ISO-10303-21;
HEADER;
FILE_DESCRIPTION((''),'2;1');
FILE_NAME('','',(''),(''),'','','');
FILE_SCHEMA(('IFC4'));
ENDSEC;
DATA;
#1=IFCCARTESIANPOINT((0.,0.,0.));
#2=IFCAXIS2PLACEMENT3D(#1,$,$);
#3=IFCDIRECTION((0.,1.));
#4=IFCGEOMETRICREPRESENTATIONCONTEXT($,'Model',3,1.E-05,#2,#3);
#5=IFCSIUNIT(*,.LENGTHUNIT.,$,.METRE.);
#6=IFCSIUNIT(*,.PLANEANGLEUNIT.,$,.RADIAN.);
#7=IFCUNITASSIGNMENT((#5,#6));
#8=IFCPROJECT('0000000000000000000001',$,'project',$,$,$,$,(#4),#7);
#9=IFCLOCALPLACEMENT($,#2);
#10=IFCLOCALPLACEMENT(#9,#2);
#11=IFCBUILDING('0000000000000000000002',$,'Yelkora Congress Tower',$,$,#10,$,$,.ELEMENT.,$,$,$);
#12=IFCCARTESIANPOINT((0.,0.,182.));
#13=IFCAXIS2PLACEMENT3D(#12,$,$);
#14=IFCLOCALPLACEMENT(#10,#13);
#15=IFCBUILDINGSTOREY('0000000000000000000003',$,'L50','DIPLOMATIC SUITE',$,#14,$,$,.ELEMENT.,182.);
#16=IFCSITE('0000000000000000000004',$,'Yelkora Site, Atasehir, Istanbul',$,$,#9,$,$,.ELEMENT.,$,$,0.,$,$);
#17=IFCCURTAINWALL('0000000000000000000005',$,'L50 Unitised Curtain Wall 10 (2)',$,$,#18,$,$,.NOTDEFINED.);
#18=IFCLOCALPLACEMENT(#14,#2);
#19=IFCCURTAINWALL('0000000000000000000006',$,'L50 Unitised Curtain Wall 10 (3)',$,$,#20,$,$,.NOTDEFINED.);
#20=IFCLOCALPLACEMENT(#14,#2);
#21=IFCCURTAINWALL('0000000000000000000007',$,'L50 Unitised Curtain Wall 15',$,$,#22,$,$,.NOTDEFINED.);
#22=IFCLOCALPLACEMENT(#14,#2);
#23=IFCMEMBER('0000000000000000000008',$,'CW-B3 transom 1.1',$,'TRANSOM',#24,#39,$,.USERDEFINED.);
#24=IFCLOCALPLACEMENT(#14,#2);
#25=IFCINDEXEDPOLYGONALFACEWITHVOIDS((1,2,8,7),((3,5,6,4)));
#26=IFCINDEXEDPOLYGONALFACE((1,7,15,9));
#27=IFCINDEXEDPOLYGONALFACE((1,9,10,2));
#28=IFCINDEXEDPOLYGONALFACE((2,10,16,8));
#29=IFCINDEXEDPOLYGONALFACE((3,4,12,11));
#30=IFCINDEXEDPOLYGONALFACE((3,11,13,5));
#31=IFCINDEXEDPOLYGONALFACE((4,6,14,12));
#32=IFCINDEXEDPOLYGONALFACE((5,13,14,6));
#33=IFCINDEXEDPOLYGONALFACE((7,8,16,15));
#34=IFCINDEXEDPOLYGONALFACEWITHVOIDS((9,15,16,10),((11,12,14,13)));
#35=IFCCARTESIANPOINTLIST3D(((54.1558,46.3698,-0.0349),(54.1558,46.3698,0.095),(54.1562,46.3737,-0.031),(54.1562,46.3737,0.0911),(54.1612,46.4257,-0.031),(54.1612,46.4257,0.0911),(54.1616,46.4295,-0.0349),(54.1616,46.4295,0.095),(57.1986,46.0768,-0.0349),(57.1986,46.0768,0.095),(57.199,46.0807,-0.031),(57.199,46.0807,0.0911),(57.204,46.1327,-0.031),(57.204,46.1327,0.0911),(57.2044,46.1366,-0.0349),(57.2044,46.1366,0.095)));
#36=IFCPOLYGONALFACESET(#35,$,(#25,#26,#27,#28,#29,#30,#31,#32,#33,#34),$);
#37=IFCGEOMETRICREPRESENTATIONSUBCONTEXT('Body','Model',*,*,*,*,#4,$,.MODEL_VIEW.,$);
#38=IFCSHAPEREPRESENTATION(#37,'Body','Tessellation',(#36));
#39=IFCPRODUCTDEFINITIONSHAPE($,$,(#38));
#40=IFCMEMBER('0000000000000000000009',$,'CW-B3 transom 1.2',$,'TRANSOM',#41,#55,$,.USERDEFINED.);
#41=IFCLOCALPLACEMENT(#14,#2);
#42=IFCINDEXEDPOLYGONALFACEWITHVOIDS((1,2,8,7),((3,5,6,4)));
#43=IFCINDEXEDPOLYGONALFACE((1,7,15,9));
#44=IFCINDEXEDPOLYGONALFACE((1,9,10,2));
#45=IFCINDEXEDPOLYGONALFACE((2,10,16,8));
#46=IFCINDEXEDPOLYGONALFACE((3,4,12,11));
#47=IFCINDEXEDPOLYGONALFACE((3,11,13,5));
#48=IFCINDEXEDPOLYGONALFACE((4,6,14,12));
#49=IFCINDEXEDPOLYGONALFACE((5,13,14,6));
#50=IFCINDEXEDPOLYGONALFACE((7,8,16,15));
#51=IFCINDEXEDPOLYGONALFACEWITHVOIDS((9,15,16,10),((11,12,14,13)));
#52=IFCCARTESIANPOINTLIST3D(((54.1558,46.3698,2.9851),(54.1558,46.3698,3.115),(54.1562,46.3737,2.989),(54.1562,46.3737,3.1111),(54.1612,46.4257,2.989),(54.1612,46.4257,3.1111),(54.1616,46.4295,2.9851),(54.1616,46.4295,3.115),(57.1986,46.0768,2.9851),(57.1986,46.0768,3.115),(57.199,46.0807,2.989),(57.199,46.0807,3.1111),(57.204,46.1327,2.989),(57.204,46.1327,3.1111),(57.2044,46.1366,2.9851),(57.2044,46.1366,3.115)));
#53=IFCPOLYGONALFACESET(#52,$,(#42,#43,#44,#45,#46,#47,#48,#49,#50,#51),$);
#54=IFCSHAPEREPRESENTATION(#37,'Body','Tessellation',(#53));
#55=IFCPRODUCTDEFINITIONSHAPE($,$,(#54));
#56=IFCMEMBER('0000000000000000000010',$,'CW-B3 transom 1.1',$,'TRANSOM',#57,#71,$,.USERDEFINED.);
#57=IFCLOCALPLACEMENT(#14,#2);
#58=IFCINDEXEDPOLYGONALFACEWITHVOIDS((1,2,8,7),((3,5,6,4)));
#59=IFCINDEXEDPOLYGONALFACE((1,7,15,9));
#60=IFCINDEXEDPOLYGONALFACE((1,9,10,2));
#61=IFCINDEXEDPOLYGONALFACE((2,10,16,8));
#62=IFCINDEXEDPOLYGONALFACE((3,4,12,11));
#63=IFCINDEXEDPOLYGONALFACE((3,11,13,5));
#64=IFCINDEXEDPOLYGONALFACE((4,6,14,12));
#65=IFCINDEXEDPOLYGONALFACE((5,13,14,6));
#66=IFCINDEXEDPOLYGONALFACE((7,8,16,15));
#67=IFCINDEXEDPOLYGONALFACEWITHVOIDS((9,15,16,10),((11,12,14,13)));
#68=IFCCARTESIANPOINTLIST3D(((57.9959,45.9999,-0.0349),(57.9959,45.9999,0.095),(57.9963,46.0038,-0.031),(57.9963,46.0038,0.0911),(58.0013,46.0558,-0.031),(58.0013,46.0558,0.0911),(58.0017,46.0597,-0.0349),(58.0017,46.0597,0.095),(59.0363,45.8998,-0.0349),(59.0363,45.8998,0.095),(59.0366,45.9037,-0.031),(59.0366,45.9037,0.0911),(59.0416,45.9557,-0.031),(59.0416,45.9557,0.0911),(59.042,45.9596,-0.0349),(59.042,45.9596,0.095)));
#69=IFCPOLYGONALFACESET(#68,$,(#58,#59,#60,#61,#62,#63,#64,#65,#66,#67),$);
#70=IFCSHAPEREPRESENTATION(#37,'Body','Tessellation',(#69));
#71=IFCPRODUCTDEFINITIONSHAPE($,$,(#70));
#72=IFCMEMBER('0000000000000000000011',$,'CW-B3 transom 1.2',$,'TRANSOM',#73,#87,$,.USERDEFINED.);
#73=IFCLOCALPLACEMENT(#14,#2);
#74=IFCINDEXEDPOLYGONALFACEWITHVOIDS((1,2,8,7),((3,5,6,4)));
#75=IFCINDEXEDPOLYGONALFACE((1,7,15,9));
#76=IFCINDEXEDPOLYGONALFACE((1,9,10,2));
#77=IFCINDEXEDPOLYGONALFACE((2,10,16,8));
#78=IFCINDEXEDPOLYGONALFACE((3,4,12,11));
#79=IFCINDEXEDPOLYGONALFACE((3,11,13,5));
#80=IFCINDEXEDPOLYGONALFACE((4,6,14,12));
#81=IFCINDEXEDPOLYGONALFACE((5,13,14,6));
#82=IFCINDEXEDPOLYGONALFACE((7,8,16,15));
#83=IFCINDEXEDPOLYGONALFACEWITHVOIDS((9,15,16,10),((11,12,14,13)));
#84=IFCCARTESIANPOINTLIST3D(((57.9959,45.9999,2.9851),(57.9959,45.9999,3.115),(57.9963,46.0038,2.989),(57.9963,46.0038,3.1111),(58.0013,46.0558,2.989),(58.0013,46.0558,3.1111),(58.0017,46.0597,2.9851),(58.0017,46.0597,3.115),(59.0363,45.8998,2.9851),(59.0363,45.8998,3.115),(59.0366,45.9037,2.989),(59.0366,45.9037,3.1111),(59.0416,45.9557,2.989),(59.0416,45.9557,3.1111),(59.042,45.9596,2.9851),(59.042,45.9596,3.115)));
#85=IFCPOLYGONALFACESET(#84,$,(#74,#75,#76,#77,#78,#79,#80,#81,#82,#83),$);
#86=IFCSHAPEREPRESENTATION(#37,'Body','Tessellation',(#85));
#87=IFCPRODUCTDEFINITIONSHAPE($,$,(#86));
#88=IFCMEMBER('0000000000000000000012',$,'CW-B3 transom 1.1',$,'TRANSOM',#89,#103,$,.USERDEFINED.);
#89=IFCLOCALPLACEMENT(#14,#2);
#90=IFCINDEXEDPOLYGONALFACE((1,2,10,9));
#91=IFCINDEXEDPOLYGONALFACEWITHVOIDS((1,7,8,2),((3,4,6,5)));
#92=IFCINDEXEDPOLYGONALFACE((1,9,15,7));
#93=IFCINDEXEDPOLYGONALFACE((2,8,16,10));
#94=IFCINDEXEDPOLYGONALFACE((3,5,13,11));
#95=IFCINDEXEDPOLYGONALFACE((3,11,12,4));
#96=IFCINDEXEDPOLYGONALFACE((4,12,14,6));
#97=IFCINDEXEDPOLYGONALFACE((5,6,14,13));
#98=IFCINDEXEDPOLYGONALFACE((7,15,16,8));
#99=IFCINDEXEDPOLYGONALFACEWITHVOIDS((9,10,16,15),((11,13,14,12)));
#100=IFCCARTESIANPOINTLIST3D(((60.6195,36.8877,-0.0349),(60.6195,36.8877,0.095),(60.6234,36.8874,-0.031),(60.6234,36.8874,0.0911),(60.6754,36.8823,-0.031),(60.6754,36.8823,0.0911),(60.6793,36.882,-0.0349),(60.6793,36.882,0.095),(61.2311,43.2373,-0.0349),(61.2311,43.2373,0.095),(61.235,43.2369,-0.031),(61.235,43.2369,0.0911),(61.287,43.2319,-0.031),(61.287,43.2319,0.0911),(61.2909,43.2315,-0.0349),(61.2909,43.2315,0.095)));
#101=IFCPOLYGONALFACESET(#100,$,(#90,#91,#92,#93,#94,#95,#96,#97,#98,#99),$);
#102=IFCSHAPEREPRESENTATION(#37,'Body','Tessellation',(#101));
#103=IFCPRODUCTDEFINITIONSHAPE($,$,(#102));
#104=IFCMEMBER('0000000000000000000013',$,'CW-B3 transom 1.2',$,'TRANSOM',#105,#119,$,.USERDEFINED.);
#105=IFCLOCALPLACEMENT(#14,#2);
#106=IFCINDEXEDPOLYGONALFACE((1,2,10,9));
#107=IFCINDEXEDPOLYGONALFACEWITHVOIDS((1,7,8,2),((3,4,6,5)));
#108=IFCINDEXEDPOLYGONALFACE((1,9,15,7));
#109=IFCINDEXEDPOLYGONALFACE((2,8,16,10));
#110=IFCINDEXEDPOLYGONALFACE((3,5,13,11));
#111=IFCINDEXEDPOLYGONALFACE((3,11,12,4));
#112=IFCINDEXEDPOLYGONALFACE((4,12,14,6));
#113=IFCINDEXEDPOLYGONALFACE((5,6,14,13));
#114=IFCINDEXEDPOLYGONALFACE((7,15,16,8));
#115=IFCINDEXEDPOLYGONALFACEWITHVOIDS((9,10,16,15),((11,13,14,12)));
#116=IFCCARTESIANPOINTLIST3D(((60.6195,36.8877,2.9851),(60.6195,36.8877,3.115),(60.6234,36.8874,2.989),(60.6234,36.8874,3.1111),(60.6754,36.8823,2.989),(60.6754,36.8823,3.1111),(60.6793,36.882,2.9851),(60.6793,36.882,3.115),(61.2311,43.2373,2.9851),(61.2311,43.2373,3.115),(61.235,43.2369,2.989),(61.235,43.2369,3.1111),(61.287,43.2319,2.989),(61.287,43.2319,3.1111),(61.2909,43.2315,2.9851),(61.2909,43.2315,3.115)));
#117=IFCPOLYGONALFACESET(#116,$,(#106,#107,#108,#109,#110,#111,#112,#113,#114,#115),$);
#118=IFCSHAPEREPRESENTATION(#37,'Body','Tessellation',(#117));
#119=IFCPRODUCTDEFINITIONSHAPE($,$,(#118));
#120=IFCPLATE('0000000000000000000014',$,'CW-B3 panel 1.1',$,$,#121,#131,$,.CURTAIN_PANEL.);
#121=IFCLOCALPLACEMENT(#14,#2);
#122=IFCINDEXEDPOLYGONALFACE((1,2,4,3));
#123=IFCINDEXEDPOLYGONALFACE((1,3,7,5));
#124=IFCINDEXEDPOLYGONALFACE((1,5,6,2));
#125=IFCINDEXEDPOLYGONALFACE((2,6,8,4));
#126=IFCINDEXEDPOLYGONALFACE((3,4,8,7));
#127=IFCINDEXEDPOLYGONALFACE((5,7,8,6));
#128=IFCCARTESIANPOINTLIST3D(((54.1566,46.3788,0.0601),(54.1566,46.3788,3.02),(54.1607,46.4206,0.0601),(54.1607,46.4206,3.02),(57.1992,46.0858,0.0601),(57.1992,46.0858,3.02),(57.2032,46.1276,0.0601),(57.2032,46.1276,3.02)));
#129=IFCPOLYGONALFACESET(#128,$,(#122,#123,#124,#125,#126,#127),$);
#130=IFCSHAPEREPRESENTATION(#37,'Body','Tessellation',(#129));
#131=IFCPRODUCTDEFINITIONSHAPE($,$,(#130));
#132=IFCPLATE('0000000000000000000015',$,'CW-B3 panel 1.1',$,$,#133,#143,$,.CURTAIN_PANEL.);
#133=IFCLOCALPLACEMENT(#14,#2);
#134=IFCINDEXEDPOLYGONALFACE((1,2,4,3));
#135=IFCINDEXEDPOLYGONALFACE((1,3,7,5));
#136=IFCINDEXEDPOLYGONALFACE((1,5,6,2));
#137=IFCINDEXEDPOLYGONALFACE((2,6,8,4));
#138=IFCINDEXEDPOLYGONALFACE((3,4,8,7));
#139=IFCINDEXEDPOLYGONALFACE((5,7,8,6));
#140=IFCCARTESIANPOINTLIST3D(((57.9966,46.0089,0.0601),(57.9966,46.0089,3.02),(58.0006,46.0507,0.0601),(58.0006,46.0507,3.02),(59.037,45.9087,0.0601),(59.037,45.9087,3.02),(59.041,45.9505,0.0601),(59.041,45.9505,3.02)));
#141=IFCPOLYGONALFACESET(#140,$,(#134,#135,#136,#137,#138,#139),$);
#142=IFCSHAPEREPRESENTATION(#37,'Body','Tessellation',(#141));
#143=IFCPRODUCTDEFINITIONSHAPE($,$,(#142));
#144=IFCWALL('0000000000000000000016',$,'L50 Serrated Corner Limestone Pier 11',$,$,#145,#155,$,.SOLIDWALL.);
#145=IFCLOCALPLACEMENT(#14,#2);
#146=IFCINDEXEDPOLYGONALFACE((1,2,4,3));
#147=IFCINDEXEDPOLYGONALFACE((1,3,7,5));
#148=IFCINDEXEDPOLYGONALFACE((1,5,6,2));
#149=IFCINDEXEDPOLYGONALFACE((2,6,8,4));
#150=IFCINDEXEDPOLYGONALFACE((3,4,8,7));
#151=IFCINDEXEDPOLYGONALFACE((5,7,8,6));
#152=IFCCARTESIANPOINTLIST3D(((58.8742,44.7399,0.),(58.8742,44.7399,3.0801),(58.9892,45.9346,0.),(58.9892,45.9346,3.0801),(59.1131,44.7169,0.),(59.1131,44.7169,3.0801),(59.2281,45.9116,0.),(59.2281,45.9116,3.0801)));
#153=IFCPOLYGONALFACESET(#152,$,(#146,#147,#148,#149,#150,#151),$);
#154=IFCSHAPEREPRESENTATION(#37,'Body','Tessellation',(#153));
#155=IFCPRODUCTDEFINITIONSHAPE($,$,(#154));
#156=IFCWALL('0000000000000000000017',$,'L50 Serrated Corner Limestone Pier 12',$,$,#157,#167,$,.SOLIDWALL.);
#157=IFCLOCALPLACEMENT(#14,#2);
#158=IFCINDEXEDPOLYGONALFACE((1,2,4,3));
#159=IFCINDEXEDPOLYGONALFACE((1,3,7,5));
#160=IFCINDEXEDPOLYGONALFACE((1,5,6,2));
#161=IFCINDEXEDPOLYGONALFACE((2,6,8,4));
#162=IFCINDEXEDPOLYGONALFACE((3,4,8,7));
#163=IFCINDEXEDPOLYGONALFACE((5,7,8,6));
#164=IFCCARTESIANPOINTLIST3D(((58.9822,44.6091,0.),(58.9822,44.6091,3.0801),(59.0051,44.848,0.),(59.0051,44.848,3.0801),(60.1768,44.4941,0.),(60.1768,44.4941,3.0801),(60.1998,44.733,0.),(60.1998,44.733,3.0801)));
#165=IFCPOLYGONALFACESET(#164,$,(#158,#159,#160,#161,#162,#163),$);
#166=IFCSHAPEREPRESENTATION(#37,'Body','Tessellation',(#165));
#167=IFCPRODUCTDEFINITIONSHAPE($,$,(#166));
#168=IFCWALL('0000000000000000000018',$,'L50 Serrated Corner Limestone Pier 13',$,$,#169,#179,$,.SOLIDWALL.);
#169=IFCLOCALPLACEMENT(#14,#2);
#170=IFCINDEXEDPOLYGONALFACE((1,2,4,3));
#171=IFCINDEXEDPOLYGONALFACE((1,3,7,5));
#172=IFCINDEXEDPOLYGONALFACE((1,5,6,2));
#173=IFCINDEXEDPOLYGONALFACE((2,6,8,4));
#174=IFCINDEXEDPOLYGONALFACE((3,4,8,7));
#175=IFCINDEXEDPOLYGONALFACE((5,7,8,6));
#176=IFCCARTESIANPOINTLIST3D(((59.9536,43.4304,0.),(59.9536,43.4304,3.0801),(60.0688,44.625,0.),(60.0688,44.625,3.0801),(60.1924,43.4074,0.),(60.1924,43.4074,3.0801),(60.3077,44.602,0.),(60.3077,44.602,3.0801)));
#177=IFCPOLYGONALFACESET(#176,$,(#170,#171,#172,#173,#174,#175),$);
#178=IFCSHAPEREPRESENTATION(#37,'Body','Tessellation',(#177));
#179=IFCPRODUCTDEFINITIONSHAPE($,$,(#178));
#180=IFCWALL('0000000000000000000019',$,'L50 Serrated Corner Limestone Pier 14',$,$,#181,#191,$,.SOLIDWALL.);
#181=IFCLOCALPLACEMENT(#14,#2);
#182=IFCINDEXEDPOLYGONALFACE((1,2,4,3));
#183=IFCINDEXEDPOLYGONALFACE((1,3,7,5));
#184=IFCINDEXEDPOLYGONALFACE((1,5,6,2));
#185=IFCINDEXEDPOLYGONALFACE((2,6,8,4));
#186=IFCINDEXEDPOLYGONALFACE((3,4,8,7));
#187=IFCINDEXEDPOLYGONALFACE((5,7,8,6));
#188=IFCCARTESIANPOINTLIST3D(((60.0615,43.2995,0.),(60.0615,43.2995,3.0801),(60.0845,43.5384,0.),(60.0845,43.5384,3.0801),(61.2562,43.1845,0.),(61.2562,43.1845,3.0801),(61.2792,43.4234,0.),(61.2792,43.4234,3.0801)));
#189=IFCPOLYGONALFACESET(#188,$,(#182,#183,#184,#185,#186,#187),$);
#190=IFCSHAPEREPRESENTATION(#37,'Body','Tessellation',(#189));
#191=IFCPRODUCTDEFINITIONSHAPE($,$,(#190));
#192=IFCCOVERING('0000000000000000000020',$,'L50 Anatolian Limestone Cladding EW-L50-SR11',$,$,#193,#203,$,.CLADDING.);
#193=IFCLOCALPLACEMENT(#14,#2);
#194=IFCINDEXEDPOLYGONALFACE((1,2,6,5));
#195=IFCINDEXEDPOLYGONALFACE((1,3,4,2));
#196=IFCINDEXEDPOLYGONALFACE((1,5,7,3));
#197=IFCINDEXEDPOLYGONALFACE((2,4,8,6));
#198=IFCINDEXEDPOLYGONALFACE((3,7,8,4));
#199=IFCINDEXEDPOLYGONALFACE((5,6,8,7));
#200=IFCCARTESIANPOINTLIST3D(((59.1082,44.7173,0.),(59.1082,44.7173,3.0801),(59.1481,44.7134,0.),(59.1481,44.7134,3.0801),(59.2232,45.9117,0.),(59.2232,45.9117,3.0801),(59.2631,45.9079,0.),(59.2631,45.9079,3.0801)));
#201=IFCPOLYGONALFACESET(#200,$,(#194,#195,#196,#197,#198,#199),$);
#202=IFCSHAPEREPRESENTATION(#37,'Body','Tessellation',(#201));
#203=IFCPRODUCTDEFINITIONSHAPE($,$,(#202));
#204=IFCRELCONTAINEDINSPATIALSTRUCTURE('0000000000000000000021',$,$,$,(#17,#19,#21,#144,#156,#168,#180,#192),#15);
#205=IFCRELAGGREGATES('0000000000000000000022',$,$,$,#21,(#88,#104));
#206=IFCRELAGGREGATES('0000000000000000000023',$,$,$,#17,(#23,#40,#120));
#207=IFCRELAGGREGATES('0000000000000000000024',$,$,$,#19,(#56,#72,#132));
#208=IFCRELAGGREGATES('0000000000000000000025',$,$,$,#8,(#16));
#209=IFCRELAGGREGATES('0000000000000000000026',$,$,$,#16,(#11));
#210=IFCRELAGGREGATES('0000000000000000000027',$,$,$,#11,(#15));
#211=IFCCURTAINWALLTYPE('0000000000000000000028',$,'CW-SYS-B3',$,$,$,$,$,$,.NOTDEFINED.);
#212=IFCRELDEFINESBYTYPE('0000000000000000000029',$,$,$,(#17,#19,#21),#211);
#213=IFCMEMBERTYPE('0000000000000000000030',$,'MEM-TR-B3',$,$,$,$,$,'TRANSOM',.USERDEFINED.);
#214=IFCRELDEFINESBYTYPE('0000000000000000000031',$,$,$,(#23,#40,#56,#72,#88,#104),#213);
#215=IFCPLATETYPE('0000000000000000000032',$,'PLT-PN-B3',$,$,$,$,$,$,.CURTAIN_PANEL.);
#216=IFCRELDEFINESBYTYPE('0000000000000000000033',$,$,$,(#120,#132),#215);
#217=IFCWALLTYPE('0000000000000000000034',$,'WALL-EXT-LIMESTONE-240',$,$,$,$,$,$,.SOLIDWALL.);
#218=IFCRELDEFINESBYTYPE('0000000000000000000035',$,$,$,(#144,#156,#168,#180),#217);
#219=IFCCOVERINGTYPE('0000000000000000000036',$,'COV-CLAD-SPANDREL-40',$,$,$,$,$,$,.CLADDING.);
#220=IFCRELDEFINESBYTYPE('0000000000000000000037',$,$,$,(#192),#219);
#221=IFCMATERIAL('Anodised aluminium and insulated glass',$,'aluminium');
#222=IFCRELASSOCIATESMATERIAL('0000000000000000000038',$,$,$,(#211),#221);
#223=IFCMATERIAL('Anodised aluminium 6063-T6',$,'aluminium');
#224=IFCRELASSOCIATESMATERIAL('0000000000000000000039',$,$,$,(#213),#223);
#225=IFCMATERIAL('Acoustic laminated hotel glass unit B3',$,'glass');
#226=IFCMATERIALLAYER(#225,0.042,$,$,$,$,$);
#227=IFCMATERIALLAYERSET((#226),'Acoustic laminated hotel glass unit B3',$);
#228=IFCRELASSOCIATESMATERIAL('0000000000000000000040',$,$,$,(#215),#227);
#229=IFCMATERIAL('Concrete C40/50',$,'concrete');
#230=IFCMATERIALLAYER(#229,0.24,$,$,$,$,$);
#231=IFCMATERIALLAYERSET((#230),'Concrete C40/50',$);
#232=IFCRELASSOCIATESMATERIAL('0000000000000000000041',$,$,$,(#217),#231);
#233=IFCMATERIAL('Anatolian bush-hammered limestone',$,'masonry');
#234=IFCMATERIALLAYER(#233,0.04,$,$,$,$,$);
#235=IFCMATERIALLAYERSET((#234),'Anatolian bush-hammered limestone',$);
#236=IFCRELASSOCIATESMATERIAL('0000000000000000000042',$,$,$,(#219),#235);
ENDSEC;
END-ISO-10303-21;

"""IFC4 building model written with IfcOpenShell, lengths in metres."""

from ifc_helpers import new_model, si_unit, direction, frame, frame_2d, origin, origin_2d, place, context, subcontext, project, spatial, rectangle, hollow_rectangle, extrude, material, layer, layer_set, material_profile, profile_set, type_object, element, aggregate, save


model = new_model("IFC4")

# Units and contexts
model_context = context("Model", 3, precision=1e-05, world=origin(), true_north=direction((0.0, 1.0)))
body_context = subcontext(model_context, "Body", "Model", "MODEL_VIEW")
ifc_project = project(units=[si_unit("LENGTHUNIT", "METRE"), si_unit("PLANEANGLEUNIT", "RADIAN")], contexts=[model_context])

# Site, building, storey
site_placement = place(None, origin())
site = spatial("IfcSite", under=ifc_project, at=site_placement, Name="Yelkora Site, Atasehir, Istanbul", CompositionType="ELEMENT", RefElevation=0.0)
building_placement = place(site_placement, origin())
building = spatial("IfcBuilding", under=site, at=building_placement, Name="Yelkora Congress Tower", CompositionType="ELEMENT")
storey_placement = place(building_placement, frame((0.0, 0.0, 182.0)))
storey = spatial("IfcBuildingStorey", under=building, at=storey_placement, Name="L50", Description="DIPLOMATIC SUITE", CompositionType="ELEMENT", Elevation=182.0)

# Shared definitions
ifc_material_1 = material(Name="Anodised aluminium and insulated glass", Category="aluminium")
curtain_wall_type = type_object("IfcCurtainWallType", Name="CW-SYS-B3", PredefinedType="NOTDEFINED", material=ifc_material_1)
ifc_material_2 = material(Name="Anodised aluminium 6063-T6", Category="aluminium")

# Curtain walls
curtain_wall_1_placement = place(storey_placement, origin())
curtain_wall_1 = element("IfcCurtainWall", 1, at=curtain_wall_1_placement, inside=storey, type_object=curtain_wall_type, Name="L50 Unitised Curtain Wall 10 (2)", PredefinedType="NOTDEFINED")
curtain_wall_2_placement = place(storey_placement, origin())
curtain_wall_2 = element("IfcCurtainWall", 2, at=curtain_wall_2_placement, inside=storey, type_object=curtain_wall_type, Name="L50 Unitised Curtain Wall 10 (3)", PredefinedType="NOTDEFINED")

# Curtain wall
curtain_wall_3_placement = place(storey_placement, origin())
curtain_wall_3 = element("IfcCurtainWall", 3, at=curtain_wall_3_placement, inside=storey, type_object=curtain_wall_type, Name="L50 Unitised Curtain Wall 15", PredefinedType="NOTDEFINED")

# Members
ifc_material_profile_1 = material_profile(ifc_material_2, hollow_rectangle(XDim=0.0601, YDim=0.1299, WallThickness=0.0039, at=origin_2d()), Name="ALU 60x130x4")
ifc_profile_set_1 = profile_set([ifc_material_profile_1], Name="Anodised aluminium 6063-T6")
member_type_1 = type_object("IfcMemberType", Name="MEM-TR-B3", ElementType="TRANSOM", PredefinedType="USERDEFINED", material=ifc_profile_set_1)
member_1_placement = place(storey_placement, frame((54.1587, 46.3997, 0.03), z_axis=(0.995397, -0.095842, 0.0), x_axis=(0.095842, 0.995397, 0.0)))
member_1 = element("IfcMember", 4, at=member_1_placement, type_object=member_type_1, Name="CW-B3 transom 1.1", ObjectType="TRANSOM", PredefinedType="USERDEFINED", context=body_context, shape_type="SweptSolid", body=[
    extrude(hollow_rectangle(XDim=0.0601, YDim=0.1299, WallThickness=0.0039, at=origin_2d()), origin(), (0.0, 0.0, 1.0), 3.0569),
])
member_2_placement = place(storey_placement, frame((54.1587, 46.3997, 3.05), z_axis=(0.995397, -0.095842, 0.0), x_axis=(0.095842, 0.995397, 0.0)))
member_2 = element("IfcMember", 5, at=member_2_placement, type_object=member_type_1, Name="CW-B3 transom 1.2", ObjectType="TRANSOM", PredefinedType="USERDEFINED", context=body_context, shape_type="SweptSolid", body=[
    extrude(hollow_rectangle(XDim=0.0601, YDim=0.1299, WallThickness=0.0039, at=origin_2d()), origin(), (0.0, 0.0, 1.0), 3.0569),
])
member_3_placement = place(storey_placement, frame((57.9988, 46.0298, 0.03), z_axis=(0.995403, -0.095779, 0.0), x_axis=(0.095779, 0.995403, 0.0)))
member_3 = element("IfcMember", 6, at=member_3_placement, type_object=member_type_1, Name="CW-B3 transom 1.1", ObjectType="TRANSOM", PredefinedType="USERDEFINED", context=body_context, shape_type="SweptSolid", body=[
    extrude(hollow_rectangle(XDim=0.0601, YDim=0.1299, WallThickness=0.0039, at=origin_2d()), origin(), (0.0, 0.0, 1.0), 1.0452),
])
member_4_placement = place(storey_placement, frame((57.9988, 46.0298, 3.05), z_axis=(0.995403, -0.095779, 0.0), x_axis=(0.095779, 0.995403, 0.0)))
member_4 = element("IfcMember", 7, at=member_4_placement, type_object=member_type_1, Name="CW-B3 transom 1.2", ObjectType="TRANSOM", PredefinedType="USERDEFINED", context=body_context, shape_type="SweptSolid", body=[
    extrude(hollow_rectangle(XDim=0.0601, YDim=0.1299, WallThickness=0.0039, at=origin_2d()), origin(), (0.0, 0.0, 1.0), 1.0452),
])
member_5_placement = place(storey_placement, frame((61.261, 43.2344, 0.03), z_axis=(-0.095873, -0.995394, 0.0), x_axis=(0.995394, -0.095873, 0.0)))
member_5 = element("IfcMember", 8, at=member_5_placement, type_object=member_type_1, Name="CW-B3 transom 1.1", ObjectType="TRANSOM", PredefinedType="USERDEFINED", context=body_context, shape_type="SweptSolid", body=[
    extrude(hollow_rectangle(XDim=0.0601, YDim=0.1299, WallThickness=0.0039, at=origin_2d()), origin(), (0.0, 0.0, 1.0), 6.3789),
])
member_6_placement = place(storey_placement, frame((61.261, 43.2344, 3.05), z_axis=(-0.095873, -0.995394, 0.0), x_axis=(0.995394, -0.095873, 0.0)))
member_6 = element("IfcMember", 9, at=member_6_placement, type_object=member_type_1, Name="CW-B3 transom 1.2", ObjectType="TRANSOM", PredefinedType="USERDEFINED", context=body_context, shape_type="SweptSolid", body=[
    extrude(hollow_rectangle(XDim=0.0601, YDim=0.1299, WallThickness=0.0039, at=origin_2d()), origin(), (0.0, 0.0, 1.0), 6.3789),
])
aggregate(curtain_wall_3, [member_5, member_6])

# Plates
ifc_material_3 = material(Name="Acoustic laminated hotel glass unit B3", Category="glass")
ifc_layer_1 = layer(ifc_material_3, 0.042)
ifc_layer_set_1 = layer_set([ifc_layer_1], Name="Acoustic laminated hotel glass unit B3")
plate_type = type_object("IfcPlateType", Name="PLT-PN-B3", PredefinedType="CURTAIN_PANEL", material=ifc_layer_set_1)
plate_1_placement = place(storey_placement, frame((55.6799, 46.2532, 0.0601), z_axis=(0.0, 0.0, 1.0), x_axis=(0.995396, -0.095848, 0.0)))
plate_1 = element("IfcPlate", 10, at=plate_1_placement, type_object=plate_type, Name="CW-B3 panel 1.1", PredefinedType="CURTAIN_PANEL", context=body_context, shape_type="SweptSolid", body=[
    extrude(rectangle(XDim=3.0566, YDim=0.042, at=origin_2d()), origin(), (0.0, 0.0, 1.0), 2.96),
])
aggregate(curtain_wall_1, [member_1, member_2, plate_1])
plate_2_placement = place(storey_placement, frame((58.5188, 45.9797, 0.0601), z_axis=(0.0, 0.0, 1.0), x_axis=(0.995396, -0.095852, 0.0)))
plate_2 = element("IfcPlate", 11, at=plate_2_placement, type_object=plate_type, Name="CW-B3 panel 1.1", PredefinedType="CURTAIN_PANEL", context=body_context, shape_type="SweptSolid", body=[
    extrude(rectangle(XDim=1.0452, YDim=0.042, at=origin_2d()), origin(), (0.0, 0.0, 1.0), 2.96),
])
aggregate(curtain_wall_2, [member_3, member_4, plate_2])

# Walls
ifc_material_4 = material(Name="Concrete C40/50", Category="concrete")
ifc_layer_2 = layer(ifc_material_4, 0.24)
ifc_layer_set_2 = layer_set([ifc_layer_2], Name="Concrete C40/50")
wall_type = type_object("IfcWallType", Name="WALL-EXT-LIMESTONE-240", PredefinedType="SOLIDWALL", material=ifc_layer_set_2)
for number, where, z_axis, x_axis, name in (
    (12, (59.1086, 45.9231, 0.0), (0.0, 0.0, 1.0), (-0.095817, -0.995399, 0.0), "L50 Serrated Corner Limestone Pier 11"),
    (13, (58.9937, 44.7285, 0.0), (0.0, 0.0, 1.0), (0.995399, -0.095817, 0.0), "L50 Serrated Corner Limestone Pier 12"),
    (14, (60.1882, 44.6135, 0.0), (0.0, 0.0, 1.0), (-0.096019, -0.99538, 0.0), "L50 Serrated Corner Limestone Pier 13"),
    (15, (60.073, 43.4189, 0.0), (0.0, 0.0, 1.0), (0.995399, -0.095817, 0.0), "L50 Serrated Corner Limestone Pier 14"),
):
    element("IfcWall", number, at=place(storey_placement, frame(where, z_axis=z_axis, x_axis=x_axis)), inside=storey, type_object=wall_type, Name=name, PredefinedType="SOLIDWALL", context=body_context, shape_type="SweptSolid", body=[
        extrude(rectangle(XDim=1.2002, YDim=0.24, at=frame_2d((0.6001, 0.0))), origin(), (0.0, 0.0, 1.0), 3.0801),
    ])

# Covering
ifc_material_5 = material(Name="Anatolian bush-hammered limestone", Category="masonry")
ifc_layer_3 = layer(ifc_material_5, 0.04)
ifc_layer_set_3 = layer_set([ifc_layer_3], Name="Anatolian bush-hammered limestone")
covering_type = type_object("IfcCoveringType", Name="COV-CLAD-SPANDREL-40", PredefinedType="CLADDING", material=ifc_layer_set_3)
covering_1_placement = place(storey_placement, frame((59.2432, 45.9099, 0.0), z_axis=(0.0, 0.0, 1.0), x_axis=(-0.095836, -0.995397, 0.0)))
element("IfcCovering", 16, at=covering_1_placement, inside=storey, type_object=covering_type, Name="L50 Anatolian Limestone Cladding EW-L50-SR11", PredefinedType="CLADDING", context=body_context, shape_type="SweptSolid", body=[
    extrude(rectangle(XDim=1.2, YDim=0.04, at=frame_2d((0.6001, 0.0))), origin(), (0.0, 0.0, 1.0), 3.0801),
])

save(model, "model.ifc")
